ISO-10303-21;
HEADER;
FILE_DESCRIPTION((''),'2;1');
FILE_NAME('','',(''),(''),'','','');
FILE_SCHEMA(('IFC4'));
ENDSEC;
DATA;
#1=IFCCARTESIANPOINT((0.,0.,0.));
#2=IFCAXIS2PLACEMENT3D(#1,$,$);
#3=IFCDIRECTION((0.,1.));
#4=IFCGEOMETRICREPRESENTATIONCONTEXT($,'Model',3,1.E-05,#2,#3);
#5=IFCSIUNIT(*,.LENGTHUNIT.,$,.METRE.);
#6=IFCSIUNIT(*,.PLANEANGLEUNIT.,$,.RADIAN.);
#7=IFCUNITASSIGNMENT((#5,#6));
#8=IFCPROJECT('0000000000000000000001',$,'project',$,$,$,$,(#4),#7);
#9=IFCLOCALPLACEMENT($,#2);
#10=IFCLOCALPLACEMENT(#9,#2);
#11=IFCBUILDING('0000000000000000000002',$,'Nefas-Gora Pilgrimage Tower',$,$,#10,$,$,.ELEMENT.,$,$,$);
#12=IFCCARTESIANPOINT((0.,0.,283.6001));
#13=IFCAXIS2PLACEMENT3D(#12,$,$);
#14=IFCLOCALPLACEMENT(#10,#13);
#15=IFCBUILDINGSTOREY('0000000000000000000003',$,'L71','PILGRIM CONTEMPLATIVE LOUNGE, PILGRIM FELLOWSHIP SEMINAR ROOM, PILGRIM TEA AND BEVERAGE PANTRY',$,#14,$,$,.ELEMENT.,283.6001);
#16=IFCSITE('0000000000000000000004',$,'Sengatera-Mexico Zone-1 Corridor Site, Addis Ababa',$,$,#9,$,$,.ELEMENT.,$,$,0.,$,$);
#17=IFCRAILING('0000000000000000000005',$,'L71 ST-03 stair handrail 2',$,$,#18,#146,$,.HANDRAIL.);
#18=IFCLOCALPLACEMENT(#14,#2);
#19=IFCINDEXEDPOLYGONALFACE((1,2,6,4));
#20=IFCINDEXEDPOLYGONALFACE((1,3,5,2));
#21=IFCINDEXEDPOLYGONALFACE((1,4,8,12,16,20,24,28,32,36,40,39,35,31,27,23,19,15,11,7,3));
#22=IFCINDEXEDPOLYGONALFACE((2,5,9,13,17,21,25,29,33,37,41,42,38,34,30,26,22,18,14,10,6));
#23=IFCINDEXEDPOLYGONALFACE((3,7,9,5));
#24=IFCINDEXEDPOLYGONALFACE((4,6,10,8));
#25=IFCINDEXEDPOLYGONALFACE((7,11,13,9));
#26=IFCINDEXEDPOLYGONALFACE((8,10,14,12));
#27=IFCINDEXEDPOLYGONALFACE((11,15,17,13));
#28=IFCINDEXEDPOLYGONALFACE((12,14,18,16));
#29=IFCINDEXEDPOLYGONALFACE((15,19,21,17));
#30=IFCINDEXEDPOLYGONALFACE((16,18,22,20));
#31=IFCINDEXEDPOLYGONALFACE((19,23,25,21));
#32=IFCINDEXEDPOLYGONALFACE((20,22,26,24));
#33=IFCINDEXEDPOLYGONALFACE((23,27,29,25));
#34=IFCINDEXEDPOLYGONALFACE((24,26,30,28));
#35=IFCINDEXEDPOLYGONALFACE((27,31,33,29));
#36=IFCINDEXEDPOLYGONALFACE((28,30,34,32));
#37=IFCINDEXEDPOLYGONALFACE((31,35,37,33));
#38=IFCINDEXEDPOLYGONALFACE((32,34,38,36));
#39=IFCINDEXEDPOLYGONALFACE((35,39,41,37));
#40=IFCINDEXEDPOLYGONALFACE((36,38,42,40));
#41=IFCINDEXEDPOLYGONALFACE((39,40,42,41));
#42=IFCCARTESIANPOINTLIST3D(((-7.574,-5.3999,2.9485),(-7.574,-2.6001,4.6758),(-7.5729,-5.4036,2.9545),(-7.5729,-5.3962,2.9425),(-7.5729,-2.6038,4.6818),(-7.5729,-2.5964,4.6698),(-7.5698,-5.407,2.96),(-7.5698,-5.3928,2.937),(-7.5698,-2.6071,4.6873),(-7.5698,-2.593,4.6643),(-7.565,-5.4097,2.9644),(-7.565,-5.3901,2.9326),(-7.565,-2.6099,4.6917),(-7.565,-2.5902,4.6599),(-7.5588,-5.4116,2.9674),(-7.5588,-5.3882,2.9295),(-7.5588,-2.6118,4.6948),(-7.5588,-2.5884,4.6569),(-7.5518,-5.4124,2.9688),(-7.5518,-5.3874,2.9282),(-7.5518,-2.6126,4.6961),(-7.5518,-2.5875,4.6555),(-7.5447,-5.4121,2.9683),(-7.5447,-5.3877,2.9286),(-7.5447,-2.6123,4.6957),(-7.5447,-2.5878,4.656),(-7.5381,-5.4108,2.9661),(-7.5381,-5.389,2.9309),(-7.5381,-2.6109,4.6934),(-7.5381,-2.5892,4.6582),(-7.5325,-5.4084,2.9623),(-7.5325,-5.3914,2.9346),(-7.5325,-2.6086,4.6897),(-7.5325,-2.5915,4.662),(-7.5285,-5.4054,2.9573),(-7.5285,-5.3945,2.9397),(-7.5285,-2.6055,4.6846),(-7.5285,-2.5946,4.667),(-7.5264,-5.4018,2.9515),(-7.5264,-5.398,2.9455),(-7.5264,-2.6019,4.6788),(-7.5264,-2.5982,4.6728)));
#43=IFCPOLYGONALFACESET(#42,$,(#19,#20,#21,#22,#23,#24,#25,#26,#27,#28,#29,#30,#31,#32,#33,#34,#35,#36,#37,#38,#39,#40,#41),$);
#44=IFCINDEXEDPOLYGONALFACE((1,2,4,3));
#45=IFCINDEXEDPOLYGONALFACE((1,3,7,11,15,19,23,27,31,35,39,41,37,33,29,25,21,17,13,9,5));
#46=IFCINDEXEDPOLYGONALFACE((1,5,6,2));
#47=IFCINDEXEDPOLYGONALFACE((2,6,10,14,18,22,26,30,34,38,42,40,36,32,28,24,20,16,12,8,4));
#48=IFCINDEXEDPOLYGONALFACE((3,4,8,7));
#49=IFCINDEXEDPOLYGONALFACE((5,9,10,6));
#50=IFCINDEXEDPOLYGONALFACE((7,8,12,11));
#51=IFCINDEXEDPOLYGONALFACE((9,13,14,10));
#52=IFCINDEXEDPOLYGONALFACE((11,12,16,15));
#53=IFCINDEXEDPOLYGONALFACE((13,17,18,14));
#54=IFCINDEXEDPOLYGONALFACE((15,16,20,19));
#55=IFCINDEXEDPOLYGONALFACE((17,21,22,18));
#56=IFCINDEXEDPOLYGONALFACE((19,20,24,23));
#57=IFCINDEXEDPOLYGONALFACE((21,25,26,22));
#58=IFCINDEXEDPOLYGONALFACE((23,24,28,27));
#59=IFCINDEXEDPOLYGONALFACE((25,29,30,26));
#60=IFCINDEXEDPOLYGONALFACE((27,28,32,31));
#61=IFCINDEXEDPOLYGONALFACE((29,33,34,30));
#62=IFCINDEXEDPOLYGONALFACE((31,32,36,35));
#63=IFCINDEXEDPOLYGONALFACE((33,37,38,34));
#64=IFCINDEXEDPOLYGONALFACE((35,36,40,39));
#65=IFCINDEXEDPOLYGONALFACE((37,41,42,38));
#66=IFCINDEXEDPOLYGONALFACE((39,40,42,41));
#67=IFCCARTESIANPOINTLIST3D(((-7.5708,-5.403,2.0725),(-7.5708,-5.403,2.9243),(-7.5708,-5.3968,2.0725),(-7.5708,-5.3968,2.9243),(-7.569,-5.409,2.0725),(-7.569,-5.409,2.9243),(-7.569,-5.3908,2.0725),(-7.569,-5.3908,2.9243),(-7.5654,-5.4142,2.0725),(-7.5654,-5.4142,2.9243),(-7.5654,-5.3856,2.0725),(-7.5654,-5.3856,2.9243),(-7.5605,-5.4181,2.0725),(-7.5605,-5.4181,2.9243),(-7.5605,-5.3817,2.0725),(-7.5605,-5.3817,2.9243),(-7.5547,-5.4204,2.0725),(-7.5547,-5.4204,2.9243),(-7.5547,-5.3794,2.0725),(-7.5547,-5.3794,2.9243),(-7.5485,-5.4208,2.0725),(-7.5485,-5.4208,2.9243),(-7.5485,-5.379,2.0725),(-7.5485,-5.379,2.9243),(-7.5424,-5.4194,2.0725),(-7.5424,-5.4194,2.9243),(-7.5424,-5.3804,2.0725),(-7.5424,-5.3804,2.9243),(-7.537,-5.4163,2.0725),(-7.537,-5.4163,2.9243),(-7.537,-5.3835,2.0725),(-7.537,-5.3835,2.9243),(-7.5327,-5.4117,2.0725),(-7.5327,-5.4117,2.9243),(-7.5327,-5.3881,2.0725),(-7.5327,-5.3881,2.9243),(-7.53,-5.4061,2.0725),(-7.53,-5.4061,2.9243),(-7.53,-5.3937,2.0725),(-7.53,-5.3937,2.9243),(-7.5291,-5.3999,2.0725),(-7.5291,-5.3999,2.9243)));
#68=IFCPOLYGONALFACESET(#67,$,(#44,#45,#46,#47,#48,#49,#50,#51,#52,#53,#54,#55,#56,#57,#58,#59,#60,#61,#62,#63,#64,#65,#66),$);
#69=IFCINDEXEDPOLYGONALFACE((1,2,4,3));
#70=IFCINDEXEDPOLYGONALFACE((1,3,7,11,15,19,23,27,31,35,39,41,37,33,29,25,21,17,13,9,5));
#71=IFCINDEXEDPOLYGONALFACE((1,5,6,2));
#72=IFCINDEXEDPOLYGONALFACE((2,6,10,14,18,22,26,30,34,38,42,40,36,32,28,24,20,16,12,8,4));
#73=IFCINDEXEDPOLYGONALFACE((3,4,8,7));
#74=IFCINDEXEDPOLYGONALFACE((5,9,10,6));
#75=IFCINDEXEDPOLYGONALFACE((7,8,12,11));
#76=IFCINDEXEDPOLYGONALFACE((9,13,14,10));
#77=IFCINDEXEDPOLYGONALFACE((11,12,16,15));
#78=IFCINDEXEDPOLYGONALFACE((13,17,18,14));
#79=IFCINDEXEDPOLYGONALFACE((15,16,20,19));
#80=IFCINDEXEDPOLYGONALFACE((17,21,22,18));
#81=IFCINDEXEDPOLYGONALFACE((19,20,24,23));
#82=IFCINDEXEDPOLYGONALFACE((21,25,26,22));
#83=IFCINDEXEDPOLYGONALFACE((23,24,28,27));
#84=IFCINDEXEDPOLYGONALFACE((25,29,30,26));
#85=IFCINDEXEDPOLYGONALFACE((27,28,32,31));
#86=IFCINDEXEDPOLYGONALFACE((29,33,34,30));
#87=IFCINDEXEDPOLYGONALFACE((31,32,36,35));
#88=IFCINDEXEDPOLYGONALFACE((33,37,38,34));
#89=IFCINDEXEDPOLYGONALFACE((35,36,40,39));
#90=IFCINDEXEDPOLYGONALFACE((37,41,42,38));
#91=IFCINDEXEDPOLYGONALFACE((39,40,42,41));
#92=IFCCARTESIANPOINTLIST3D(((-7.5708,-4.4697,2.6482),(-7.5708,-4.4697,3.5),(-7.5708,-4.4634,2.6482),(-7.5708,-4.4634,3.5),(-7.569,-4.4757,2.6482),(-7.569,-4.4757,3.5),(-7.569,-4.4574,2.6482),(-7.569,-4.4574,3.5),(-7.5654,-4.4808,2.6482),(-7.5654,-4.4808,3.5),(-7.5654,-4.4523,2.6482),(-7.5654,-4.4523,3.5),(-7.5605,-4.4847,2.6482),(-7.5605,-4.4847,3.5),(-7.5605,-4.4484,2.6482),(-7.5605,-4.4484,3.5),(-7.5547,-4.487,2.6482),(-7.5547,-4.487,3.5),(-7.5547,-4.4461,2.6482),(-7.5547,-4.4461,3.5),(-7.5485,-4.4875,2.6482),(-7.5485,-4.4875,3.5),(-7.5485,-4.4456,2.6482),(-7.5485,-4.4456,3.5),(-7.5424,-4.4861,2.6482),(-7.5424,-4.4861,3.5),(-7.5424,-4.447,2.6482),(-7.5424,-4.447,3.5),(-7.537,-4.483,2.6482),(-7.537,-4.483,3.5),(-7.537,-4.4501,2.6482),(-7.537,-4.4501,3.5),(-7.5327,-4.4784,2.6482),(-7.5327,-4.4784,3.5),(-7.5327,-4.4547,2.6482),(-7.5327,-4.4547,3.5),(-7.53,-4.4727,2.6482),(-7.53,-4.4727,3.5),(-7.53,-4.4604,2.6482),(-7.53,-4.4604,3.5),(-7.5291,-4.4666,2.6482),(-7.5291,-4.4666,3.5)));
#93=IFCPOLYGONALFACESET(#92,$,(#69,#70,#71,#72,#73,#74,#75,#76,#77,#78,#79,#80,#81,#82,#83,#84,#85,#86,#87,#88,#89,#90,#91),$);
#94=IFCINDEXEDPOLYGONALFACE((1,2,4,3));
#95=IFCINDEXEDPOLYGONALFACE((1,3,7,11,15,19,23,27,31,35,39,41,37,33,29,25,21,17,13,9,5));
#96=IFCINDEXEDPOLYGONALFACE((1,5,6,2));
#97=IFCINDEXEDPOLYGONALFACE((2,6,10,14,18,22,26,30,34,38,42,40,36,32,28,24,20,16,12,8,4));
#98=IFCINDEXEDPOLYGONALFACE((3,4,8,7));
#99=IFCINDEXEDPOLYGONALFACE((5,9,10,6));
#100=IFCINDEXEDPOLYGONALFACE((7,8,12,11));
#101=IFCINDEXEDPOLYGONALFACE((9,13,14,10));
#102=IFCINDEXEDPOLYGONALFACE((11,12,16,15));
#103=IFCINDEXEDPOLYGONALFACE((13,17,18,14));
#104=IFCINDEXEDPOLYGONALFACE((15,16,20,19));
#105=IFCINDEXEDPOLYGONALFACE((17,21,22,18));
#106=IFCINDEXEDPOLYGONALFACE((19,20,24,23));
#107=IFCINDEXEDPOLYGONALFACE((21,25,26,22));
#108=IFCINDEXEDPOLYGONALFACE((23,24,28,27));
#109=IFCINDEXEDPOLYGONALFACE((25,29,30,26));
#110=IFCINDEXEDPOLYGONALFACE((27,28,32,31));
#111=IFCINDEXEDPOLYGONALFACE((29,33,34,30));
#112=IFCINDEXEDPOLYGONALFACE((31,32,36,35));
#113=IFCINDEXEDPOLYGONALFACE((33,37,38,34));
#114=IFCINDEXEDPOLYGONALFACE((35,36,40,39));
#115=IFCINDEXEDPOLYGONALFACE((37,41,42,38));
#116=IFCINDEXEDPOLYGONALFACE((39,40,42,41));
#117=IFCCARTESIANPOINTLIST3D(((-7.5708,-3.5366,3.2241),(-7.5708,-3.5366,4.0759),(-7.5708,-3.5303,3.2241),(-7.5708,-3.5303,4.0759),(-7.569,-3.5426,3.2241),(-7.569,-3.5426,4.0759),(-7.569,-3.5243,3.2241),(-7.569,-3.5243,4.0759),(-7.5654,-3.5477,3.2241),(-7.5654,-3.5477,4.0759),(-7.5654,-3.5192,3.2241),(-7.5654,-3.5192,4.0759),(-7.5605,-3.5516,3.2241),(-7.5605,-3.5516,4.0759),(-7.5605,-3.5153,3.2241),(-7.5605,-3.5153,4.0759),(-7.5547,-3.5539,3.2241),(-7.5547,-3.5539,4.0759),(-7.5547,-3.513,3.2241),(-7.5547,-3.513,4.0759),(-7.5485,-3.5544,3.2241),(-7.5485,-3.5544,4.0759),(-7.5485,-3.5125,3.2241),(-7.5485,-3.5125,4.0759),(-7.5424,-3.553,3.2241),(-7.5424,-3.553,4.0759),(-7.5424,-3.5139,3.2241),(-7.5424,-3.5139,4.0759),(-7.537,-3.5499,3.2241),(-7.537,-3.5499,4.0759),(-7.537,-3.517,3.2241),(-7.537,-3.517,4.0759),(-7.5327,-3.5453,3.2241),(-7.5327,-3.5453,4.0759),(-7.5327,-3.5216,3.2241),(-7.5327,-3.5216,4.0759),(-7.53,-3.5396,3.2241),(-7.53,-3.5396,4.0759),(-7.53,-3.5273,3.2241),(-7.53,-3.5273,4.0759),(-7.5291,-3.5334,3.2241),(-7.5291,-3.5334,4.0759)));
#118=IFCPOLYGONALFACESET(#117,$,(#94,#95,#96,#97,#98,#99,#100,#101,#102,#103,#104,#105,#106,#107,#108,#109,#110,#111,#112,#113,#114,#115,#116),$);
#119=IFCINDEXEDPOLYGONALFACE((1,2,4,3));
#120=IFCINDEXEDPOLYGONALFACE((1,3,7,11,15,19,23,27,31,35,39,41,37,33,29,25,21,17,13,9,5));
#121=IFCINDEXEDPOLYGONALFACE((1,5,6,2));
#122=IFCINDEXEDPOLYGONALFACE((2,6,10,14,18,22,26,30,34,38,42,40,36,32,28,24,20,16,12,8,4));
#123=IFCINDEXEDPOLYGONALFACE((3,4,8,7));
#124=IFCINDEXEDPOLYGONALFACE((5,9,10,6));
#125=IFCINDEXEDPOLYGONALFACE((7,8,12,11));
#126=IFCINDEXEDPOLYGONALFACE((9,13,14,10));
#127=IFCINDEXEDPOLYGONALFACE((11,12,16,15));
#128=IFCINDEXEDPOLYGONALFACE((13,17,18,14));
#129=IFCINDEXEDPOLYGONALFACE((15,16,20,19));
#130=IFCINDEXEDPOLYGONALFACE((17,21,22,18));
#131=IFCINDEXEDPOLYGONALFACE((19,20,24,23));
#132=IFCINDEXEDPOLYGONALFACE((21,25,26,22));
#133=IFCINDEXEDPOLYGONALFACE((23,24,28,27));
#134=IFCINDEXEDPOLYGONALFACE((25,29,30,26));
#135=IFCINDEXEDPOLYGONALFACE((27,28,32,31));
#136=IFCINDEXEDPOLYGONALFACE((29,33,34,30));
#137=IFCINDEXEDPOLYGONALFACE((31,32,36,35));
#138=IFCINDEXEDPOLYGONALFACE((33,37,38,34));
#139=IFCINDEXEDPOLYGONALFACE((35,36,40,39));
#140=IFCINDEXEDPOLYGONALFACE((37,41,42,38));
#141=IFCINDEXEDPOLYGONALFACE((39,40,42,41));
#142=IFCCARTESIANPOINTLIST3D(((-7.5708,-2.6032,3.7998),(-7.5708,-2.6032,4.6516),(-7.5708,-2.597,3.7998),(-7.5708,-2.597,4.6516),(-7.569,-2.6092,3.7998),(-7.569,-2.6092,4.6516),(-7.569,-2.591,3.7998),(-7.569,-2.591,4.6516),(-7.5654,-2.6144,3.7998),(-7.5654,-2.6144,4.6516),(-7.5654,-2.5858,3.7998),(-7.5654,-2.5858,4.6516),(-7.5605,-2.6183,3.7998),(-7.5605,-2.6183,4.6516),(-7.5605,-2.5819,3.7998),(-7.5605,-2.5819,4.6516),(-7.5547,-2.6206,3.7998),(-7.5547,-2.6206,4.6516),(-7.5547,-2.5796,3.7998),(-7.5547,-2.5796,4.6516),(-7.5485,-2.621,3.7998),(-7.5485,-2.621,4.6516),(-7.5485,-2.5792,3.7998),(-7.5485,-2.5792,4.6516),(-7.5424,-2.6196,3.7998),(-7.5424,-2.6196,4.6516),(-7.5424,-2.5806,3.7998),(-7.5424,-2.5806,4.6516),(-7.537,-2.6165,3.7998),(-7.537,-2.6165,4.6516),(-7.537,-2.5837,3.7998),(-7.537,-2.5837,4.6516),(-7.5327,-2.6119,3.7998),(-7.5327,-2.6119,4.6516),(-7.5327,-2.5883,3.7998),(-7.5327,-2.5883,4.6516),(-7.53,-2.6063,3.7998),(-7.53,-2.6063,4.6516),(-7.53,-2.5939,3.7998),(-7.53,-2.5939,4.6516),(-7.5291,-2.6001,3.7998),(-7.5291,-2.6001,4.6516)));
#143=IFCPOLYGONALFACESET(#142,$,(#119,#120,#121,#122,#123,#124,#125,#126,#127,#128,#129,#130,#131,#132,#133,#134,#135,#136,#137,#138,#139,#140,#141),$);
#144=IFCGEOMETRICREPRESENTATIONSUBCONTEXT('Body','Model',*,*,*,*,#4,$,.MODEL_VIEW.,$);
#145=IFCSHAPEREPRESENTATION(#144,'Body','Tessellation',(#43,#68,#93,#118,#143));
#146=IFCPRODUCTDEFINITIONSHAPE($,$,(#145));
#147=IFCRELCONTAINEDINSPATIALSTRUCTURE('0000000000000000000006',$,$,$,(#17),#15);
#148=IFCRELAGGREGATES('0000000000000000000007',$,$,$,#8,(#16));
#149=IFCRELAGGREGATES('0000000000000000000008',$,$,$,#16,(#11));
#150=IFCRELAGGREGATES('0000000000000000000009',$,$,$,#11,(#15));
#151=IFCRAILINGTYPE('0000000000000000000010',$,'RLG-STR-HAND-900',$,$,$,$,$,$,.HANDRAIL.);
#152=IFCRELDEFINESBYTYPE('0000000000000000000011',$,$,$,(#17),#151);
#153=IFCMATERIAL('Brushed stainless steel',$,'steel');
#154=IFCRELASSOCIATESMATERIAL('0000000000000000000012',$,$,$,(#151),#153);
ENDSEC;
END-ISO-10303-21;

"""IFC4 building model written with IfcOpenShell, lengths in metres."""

from ifc_helpers import new_model, si_unit, direction, frame, origin, origin_2d, place, context, subcontext, project, spatial, circle, extrude, material, type_object, element, save


model = new_model("IFC4")

# Units and contexts
model_context = context("Model", 3, precision=1e-05, world=origin(), true_north=direction((0.0, 1.0)))
body_context = subcontext(model_context, "Body", "Model", "MODEL_VIEW")
ifc_project = project(units=[si_unit("LENGTHUNIT", "METRE"), si_unit("PLANEANGLEUNIT", "RADIAN")], contexts=[model_context])

# Site, building, storey
site_placement = place(None, origin())
site = spatial("IfcSite", under=ifc_project, at=site_placement, Name="Sengatera-Mexico Zone-1 Corridor Site, Addis Ababa", CompositionType="ELEMENT", RefElevation=0.0)
building_placement = place(site_placement, origin())
building = spatial("IfcBuilding", under=site, at=building_placement, Name="Nefas-Gora Pilgrimage Tower", CompositionType="ELEMENT")
storey_placement = place(building_placement, frame((0.0, 0.0, 283.6001)))
storey = spatial("IfcBuildingStorey", under=building, at=storey_placement, Name="L71", Description="PILGRIM CONTEMPLATIVE LOUNGE, PILGRIM FELLOWSHIP SEMINAR ROOM, PILGRIM TEA AND BEVERAGE PANTRY", CompositionType="ELEMENT", Elevation=283.6001)

# Railing
ifc_material_1 = material(Name="Brushed stainless steel", Category="steel")
railing_type_1 = type_object("IfcRailingType", Name="RLG-STR-HAND-900", PredefinedType="HANDRAIL", material=ifc_material_1)
railing_1_placement = place(storey_placement, frame((-7.55, -5.3999, 2.0725)))
element("IfcRailing", 1, at=railing_1_placement, inside=storey, type_object=railing_type_1, Name="L71 ST-03 stair handrail 2", PredefinedType="HANDRAIL", context=body_context, shape_type="SweptSolid", body=[
    extrude(circle(Radius=0.0239, at=origin_2d()), frame((0.0, 0.0, 0.876), z_axis=(0.0, 0.851069, 0.525054), x_axis=(-1.0, 0.0, 0.0)), (0.0, 0.0, 1.0), 3.2898),
    extrude(circle(Radius=0.021, at=origin_2d()), origin(), (0.0, 0.0, 1.0), 0.8518),
    extrude(circle(Radius=0.021, at=origin_2d()), frame((0.0, 0.9333, 0.5757)), (0.0, 0.0, 1.0), 0.8518),
    extrude(circle(Radius=0.021, at=origin_2d()), frame((0.0, 1.8665, 1.1516)), (0.0, 0.0, 1.0), 0.8518),
    extrude(circle(Radius=0.021, at=origin_2d()), frame((0.0, 2.7998, 1.7273)), (0.0, 0.0, 1.0), 0.8518),
])

save(model, "model.ifc")
